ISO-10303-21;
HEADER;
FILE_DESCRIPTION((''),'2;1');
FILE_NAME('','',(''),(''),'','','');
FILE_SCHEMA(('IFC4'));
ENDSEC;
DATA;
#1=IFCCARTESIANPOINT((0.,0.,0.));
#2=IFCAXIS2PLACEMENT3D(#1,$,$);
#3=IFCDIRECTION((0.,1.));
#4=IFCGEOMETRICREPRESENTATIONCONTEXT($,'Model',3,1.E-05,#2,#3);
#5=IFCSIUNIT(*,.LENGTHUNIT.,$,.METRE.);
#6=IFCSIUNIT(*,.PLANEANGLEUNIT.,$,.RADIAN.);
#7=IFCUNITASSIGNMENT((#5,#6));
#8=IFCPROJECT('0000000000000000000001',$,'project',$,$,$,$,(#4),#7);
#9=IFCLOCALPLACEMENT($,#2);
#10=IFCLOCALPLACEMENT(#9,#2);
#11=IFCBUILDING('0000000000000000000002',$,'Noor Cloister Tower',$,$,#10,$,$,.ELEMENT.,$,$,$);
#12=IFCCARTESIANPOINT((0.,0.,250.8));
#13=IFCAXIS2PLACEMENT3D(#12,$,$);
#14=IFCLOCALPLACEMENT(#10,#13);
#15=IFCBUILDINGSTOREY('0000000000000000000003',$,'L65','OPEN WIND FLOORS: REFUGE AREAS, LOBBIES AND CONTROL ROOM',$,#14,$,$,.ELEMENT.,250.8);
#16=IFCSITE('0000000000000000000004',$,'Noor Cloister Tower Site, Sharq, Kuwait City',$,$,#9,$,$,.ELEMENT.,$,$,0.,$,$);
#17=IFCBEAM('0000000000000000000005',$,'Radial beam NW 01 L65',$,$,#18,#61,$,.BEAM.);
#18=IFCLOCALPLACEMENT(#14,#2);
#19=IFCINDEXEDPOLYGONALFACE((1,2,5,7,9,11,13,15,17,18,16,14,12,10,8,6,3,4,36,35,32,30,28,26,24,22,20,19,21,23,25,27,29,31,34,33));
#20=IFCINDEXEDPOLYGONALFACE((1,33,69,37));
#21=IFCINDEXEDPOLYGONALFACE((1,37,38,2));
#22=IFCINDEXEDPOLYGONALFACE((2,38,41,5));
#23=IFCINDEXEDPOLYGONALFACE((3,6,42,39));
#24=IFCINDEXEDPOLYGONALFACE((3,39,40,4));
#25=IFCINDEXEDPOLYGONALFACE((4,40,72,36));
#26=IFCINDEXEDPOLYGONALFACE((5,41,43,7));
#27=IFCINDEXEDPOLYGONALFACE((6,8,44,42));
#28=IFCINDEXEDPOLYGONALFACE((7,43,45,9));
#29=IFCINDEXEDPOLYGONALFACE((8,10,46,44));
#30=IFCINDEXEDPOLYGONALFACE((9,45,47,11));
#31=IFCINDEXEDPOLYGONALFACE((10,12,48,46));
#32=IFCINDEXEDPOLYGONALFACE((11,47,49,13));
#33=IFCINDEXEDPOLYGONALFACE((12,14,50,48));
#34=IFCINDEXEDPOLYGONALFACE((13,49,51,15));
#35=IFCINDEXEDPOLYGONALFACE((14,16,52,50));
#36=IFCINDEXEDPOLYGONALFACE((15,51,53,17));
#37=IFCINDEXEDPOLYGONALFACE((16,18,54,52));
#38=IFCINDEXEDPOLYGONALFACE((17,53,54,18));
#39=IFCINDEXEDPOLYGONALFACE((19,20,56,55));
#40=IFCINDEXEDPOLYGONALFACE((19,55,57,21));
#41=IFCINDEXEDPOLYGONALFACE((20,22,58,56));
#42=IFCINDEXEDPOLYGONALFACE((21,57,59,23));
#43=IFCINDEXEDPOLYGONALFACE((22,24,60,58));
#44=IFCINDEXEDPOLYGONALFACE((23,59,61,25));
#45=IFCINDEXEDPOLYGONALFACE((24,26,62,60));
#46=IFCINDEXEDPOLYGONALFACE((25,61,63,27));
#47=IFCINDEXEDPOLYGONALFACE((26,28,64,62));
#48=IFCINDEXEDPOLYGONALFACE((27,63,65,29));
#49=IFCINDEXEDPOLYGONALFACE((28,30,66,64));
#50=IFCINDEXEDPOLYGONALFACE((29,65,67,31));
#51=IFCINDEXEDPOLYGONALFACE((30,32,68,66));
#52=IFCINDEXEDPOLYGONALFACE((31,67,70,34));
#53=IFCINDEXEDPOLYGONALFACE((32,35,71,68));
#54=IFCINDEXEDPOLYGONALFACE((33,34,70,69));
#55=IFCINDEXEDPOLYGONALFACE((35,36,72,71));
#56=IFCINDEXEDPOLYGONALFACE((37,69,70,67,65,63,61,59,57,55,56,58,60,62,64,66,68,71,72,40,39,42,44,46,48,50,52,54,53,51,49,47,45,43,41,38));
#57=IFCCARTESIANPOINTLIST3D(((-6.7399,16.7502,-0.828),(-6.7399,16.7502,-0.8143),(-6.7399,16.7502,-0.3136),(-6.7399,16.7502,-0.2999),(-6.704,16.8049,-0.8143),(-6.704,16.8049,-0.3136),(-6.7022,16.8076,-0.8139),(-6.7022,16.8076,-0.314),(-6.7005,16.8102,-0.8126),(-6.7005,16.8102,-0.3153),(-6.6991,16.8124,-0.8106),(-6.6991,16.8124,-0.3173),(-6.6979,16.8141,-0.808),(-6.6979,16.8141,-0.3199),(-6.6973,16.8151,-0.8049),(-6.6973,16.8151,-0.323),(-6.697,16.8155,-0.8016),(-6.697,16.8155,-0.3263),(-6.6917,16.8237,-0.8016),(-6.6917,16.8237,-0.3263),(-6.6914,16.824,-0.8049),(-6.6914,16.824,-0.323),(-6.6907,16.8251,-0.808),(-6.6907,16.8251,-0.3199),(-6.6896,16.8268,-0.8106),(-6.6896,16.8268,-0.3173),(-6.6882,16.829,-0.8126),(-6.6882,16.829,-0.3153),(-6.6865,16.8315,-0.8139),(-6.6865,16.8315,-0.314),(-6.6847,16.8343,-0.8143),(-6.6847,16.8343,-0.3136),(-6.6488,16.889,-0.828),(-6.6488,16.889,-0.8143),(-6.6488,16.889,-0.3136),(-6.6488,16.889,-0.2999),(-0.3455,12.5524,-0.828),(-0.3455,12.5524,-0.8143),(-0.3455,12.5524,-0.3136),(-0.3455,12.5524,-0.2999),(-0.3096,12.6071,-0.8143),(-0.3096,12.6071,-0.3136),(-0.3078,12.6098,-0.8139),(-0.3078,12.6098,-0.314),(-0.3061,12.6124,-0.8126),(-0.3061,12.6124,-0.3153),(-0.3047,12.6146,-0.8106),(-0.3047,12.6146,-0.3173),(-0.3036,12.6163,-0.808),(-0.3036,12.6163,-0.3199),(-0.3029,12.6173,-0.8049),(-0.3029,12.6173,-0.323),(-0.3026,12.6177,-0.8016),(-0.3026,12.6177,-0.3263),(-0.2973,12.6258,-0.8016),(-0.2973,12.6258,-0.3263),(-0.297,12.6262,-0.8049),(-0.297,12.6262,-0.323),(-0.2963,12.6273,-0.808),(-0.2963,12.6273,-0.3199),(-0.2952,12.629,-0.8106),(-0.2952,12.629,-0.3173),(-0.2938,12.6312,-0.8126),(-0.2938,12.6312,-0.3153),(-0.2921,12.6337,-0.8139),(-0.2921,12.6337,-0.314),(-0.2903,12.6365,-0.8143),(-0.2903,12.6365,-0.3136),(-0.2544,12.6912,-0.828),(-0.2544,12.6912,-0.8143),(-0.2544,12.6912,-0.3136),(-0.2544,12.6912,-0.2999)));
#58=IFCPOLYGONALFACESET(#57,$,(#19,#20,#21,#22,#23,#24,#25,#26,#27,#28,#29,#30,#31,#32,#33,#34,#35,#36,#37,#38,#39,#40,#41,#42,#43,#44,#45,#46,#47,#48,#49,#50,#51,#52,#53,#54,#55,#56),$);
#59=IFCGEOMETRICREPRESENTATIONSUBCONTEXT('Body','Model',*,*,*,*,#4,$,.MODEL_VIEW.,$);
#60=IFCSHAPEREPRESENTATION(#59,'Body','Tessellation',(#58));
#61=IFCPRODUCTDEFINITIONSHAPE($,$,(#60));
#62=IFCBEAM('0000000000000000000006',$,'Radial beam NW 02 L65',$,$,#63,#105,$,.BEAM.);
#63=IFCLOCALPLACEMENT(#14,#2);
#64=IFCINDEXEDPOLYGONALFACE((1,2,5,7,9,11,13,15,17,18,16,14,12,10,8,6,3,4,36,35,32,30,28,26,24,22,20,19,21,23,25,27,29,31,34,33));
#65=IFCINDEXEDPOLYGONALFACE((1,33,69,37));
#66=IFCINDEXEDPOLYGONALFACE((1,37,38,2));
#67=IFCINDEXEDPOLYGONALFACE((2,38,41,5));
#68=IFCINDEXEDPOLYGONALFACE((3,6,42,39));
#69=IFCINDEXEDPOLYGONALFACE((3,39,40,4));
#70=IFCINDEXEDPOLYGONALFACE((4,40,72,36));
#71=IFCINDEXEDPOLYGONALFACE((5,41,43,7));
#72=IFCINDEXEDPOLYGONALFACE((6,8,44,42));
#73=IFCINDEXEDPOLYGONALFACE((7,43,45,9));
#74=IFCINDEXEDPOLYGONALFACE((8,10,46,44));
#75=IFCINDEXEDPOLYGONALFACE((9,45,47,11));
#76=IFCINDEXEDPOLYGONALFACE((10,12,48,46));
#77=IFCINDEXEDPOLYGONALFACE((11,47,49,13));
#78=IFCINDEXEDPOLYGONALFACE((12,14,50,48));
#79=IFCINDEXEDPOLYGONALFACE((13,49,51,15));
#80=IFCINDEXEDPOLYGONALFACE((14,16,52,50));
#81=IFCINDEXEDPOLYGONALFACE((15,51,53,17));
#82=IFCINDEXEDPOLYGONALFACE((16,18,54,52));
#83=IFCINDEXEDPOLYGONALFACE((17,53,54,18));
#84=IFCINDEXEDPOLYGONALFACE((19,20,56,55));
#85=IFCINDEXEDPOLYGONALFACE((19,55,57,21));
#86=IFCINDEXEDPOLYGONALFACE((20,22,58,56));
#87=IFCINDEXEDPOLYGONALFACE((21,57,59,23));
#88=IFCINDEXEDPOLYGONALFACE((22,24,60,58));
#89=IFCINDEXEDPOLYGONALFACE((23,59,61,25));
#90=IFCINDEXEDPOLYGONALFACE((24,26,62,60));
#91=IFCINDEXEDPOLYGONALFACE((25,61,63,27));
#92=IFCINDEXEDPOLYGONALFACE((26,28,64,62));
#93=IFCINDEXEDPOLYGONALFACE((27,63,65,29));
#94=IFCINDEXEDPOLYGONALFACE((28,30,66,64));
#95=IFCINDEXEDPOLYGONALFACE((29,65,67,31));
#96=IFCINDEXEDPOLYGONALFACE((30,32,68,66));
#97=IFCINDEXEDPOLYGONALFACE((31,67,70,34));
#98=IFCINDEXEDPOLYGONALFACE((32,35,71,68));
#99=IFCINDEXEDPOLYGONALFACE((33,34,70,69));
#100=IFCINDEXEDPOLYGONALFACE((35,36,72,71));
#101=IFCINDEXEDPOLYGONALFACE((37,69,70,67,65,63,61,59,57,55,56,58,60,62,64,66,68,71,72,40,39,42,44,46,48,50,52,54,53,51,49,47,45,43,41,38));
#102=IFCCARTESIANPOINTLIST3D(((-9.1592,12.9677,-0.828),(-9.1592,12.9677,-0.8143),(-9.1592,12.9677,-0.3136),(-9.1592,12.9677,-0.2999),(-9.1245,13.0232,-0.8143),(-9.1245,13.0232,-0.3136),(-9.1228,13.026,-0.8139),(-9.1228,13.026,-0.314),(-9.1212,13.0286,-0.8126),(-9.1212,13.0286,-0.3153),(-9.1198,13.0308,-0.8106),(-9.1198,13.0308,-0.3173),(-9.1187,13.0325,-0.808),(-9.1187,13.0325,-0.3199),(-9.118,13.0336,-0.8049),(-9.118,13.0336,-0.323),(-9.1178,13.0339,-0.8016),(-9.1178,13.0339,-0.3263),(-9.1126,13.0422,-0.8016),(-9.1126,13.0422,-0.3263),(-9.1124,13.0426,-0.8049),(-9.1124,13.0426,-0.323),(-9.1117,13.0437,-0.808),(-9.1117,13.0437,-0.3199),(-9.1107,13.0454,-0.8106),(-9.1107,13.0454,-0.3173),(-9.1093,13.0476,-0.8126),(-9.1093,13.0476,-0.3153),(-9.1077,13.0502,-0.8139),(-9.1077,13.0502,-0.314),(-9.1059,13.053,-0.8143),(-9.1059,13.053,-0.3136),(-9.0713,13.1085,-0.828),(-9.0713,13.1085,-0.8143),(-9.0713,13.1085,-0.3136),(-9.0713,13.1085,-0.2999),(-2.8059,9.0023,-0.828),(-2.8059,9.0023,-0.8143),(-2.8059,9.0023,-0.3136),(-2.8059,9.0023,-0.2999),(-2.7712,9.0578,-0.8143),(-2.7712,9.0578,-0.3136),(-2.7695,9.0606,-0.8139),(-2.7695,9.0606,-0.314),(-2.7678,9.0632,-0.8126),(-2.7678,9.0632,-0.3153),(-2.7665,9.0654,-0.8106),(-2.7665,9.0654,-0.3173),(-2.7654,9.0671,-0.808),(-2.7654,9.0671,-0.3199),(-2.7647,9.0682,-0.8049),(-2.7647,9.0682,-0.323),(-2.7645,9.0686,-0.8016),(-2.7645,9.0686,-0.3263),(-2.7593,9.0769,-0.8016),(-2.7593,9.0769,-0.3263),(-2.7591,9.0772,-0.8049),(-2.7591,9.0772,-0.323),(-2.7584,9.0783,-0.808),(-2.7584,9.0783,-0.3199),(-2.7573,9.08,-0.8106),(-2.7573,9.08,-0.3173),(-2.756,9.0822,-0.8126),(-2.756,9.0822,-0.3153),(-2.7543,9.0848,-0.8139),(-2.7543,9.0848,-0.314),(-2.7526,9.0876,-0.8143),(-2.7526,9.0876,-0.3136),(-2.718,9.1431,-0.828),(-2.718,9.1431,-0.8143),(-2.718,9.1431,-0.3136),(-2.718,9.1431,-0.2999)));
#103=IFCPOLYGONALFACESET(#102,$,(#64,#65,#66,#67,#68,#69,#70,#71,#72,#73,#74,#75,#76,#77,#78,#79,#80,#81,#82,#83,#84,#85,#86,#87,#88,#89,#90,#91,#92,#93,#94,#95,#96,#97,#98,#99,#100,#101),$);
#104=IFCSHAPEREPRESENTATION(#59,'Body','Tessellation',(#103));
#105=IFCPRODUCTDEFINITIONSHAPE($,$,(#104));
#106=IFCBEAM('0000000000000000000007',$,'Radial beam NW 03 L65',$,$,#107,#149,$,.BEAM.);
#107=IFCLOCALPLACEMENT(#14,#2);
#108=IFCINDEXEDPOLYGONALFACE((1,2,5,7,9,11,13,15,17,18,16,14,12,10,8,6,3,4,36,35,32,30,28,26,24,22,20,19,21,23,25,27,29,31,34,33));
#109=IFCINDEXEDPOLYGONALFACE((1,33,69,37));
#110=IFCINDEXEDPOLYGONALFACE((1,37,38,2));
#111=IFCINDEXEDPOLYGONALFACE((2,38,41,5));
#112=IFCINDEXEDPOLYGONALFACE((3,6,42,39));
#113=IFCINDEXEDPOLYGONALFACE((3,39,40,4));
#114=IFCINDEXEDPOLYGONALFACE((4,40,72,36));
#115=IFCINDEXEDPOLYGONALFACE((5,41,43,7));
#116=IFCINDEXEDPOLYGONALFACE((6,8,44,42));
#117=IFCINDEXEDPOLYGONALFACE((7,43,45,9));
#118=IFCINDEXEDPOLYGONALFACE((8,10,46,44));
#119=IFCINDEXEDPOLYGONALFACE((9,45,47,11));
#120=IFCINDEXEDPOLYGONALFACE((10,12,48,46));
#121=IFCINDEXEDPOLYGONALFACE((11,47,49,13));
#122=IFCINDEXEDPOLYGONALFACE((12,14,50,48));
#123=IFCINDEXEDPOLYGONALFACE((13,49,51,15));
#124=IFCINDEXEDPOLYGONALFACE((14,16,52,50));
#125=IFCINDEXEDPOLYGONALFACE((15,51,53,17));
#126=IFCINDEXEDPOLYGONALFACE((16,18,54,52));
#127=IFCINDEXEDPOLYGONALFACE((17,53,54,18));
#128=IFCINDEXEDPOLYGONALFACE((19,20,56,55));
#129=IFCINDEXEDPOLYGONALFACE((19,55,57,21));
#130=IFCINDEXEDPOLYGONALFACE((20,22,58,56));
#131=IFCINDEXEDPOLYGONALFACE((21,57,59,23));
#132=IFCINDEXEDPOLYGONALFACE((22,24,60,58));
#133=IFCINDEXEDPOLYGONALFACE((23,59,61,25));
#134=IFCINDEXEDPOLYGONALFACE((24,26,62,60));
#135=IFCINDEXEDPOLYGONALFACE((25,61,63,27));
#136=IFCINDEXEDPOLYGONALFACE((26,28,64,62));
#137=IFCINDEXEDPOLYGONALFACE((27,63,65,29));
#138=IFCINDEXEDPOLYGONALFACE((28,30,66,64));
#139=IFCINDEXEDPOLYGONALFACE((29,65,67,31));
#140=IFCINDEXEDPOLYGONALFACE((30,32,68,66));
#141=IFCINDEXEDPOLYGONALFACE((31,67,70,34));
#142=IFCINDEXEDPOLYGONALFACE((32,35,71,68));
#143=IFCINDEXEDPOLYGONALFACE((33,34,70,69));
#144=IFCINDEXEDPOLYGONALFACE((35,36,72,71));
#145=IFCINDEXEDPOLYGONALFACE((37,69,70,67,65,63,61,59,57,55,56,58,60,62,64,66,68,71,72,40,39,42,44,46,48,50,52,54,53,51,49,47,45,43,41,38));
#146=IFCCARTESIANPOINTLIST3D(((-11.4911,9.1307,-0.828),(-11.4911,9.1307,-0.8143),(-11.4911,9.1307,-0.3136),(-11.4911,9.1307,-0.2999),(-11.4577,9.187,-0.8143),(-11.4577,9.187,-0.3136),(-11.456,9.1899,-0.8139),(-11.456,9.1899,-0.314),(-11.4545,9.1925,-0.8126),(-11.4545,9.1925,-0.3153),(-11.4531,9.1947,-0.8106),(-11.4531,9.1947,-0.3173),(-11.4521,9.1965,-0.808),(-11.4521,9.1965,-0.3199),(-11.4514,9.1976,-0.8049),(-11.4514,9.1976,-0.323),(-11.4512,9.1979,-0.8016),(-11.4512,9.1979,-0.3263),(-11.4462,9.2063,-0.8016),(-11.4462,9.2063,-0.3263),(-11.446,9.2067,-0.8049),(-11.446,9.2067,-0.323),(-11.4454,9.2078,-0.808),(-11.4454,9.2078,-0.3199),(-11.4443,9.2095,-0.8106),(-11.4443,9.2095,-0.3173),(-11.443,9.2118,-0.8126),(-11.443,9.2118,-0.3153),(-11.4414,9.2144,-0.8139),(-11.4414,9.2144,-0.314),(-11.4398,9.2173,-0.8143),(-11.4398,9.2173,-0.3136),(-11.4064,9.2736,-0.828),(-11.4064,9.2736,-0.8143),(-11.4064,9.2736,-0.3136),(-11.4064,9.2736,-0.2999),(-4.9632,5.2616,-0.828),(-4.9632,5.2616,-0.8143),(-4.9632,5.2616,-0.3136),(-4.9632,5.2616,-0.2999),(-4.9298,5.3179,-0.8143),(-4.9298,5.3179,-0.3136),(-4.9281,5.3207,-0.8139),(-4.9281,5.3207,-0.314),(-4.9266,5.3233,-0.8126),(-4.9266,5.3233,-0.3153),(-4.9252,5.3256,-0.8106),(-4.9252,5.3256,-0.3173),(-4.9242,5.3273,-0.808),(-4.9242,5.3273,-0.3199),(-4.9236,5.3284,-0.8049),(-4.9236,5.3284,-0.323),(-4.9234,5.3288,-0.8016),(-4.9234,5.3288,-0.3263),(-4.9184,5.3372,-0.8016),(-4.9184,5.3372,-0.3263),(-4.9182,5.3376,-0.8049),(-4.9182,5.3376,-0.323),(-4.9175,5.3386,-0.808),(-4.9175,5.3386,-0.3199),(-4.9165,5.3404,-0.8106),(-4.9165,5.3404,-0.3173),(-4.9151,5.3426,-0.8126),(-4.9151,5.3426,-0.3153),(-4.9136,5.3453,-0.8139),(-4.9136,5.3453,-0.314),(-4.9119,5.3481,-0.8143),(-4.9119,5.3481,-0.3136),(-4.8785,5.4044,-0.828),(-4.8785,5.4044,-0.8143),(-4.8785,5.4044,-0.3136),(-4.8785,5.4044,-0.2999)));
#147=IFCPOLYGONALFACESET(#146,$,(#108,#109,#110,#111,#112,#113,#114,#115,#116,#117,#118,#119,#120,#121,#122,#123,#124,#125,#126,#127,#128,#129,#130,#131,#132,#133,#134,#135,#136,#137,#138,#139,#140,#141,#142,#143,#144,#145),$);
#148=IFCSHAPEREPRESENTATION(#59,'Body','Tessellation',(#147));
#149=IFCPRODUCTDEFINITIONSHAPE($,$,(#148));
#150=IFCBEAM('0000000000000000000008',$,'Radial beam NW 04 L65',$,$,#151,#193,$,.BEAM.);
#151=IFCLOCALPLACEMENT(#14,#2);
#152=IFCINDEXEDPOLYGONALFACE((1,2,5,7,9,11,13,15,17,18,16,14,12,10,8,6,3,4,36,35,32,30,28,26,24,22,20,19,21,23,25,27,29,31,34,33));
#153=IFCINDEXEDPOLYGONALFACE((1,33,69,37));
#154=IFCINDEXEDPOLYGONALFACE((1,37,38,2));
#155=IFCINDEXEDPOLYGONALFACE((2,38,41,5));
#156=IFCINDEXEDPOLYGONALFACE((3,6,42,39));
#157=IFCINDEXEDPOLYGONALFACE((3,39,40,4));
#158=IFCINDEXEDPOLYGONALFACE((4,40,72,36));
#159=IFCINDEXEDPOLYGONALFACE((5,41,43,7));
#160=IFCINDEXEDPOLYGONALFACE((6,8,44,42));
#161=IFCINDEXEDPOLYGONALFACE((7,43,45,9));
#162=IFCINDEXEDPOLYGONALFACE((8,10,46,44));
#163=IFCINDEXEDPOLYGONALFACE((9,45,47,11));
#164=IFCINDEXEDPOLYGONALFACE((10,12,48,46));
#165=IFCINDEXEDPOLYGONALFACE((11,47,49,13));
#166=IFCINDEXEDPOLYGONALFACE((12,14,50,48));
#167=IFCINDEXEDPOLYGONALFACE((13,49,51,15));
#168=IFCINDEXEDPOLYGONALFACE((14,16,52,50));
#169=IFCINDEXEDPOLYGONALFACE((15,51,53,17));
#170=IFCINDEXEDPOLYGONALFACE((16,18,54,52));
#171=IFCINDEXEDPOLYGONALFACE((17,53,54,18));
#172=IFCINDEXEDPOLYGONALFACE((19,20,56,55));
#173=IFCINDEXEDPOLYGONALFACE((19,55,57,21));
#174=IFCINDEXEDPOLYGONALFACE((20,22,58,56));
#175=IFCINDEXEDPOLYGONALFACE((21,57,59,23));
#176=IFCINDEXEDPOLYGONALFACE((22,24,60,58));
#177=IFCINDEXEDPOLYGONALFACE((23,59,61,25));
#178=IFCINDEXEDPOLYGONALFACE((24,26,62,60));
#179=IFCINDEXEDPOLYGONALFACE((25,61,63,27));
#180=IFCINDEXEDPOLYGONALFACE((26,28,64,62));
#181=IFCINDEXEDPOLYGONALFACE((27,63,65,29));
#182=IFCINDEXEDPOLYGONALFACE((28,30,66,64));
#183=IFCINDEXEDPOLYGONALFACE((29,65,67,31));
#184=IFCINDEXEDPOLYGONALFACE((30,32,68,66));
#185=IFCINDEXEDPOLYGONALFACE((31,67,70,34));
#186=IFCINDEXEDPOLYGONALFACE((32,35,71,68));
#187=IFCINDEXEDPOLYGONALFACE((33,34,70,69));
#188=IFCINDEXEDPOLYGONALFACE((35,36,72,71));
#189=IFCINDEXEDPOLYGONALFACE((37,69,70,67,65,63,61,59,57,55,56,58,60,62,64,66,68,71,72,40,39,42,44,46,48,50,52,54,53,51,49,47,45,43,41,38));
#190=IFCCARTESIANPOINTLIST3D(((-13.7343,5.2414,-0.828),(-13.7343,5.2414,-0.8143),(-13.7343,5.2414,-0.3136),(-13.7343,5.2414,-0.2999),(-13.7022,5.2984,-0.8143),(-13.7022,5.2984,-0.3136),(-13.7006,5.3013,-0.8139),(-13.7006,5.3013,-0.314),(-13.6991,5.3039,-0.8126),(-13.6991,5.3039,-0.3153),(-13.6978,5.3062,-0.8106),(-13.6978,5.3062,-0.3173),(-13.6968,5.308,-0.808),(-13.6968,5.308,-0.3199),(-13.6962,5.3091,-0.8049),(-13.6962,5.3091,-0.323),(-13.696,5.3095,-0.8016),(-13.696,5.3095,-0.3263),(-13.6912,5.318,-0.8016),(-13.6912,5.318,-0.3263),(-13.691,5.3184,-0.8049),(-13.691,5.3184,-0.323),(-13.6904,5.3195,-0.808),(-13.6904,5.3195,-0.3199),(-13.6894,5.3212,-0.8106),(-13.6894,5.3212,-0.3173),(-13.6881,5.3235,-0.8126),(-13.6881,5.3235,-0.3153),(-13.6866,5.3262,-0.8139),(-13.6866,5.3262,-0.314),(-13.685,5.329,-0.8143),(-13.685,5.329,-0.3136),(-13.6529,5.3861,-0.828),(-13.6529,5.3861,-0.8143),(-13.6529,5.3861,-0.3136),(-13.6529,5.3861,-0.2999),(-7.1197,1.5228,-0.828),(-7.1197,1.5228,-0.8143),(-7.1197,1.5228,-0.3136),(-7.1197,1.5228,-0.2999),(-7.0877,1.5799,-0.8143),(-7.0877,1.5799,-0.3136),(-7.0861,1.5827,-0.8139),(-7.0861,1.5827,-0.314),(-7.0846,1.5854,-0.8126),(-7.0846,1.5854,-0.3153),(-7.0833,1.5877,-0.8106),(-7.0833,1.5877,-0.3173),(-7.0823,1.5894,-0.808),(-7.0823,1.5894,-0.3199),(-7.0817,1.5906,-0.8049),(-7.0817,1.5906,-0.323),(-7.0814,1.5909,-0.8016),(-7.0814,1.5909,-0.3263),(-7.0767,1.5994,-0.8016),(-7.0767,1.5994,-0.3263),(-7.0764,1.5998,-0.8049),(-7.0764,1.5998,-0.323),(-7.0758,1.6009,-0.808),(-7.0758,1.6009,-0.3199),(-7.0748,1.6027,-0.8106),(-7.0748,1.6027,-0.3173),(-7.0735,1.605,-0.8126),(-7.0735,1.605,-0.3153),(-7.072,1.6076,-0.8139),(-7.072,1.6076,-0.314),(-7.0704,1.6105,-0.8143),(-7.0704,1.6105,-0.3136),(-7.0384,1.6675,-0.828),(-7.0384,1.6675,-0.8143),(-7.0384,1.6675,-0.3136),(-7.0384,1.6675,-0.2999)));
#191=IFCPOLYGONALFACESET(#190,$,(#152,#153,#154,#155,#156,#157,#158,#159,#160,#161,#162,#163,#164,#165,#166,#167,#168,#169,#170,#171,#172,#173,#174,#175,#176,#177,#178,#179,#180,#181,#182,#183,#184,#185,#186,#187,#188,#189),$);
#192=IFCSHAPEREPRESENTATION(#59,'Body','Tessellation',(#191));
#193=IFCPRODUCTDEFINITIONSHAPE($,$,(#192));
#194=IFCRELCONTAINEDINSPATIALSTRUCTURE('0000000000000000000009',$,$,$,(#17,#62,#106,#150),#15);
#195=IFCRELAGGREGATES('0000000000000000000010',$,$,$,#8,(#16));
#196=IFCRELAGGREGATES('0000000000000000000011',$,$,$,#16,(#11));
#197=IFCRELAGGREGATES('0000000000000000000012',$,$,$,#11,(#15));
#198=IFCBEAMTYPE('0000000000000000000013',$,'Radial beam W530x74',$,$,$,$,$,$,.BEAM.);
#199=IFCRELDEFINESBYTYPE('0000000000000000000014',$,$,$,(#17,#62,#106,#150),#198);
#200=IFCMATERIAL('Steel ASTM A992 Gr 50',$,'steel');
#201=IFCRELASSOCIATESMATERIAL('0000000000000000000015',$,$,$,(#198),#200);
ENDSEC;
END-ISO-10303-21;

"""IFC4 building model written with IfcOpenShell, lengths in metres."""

from ifc_helpers import new_model, si_unit, direction, frame, origin, origin_2d, place, context, subcontext, project, spatial, i_section, extrude, material, material_profile, profile_set, type_object, element, save


model = new_model("IFC4")

# Units and contexts
model_context = context("Model", 3, precision=1e-05, world=origin(), true_north=direction((0.0, 1.0)))
body_context = subcontext(model_context, "Body", "Model", "MODEL_VIEW")
ifc_project = project(units=[si_unit("LENGTHUNIT", "METRE"), si_unit("PLANEANGLEUNIT", "RADIAN")], contexts=[model_context])

# Site, building, storey
site_placement = place(None, origin())
site = spatial("IfcSite", under=ifc_project, at=site_placement, Name="Noor Cloister Tower Site, Sharq, Kuwait City", CompositionType="ELEMENT", RefElevation=0.0)
building_placement = place(site_placement, origin())
building = spatial("IfcBuilding", under=site, at=building_placement, Name="Noor Cloister Tower", CompositionType="ELEMENT")
storey_placement = place(building_placement, frame((0.0, 0.0, 250.8)))
storey = spatial("IfcBuildingStorey", under=building, at=storey_placement, Name="L65", Description="OPEN WIND FLOORS: REFUGE AREAS, LOBBIES AND CONTROL ROOM", CompositionType="ELEMENT", Elevation=250.8)

# Beams
ifc_material_1 = material(Name="Steel ASTM A992 Gr 50", Category="steel")
ifc_material_profile_1 = material_profile(ifc_material_1, i_section(OverallWidth=0.166, OverallDepth=0.5281, WebThickness=0.0098, FlangeThickness=0.0137, FilletRadius=0.0127, at=origin_2d()), Name="W530x74")
ifc_profile_set_1 = profile_set([ifc_material_profile_1], Name="Steel ASTM A992 Gr 50")
beam_type_1 = type_object("IfcBeamType", Name="Radial beam W530x74", PredefinedType="BEAM", material=ifc_profile_set_1)
beam_1_placement = place(storey_placement, frame((-6.6943, 16.8196, -0.564), z_axis=(0.835958, -0.548794, 0.0), x_axis=(0.548794, 0.835958, 0.0)))
element("IfcBeam", 1, at=beam_1_placement, inside=storey, type_object=beam_type_1, Name="Radial beam NW 01 L65", PredefinedType="BEAM", context=body_context, shape_type="SweptSolid", body=[
    extrude(i_section(OverallWidth=0.166, OverallDepth=0.5281, WebThickness=0.0098, FlangeThickness=0.0137, FilletRadius=0.0127, at=origin_2d()), origin(), (0.0, 0.0, 1.0), 7.6492),
])
beam_2_placement = place(storey_placement, frame((-9.1152, 13.0381, -0.564), z_axis=(0.848326, -0.529474, 0.0), x_axis=(0.529474, 0.848326, 0.0)))
element("IfcBeam", 2, at=beam_2_placement, inside=storey, type_object=beam_type_1, Name="Radial beam NW 02 L65", PredefinedType="BEAM", context=body_context, shape_type="SweptSolid", body=[
    extrude(i_section(OverallWidth=0.166, OverallDepth=0.5281, WebThickness=0.0098, FlangeThickness=0.0137, FilletRadius=0.0127, at=origin_2d()), origin(), (0.0, 0.0, 1.0), 7.4893),
])
beam_3_placement = place(storey_placement, frame((-11.4487, 9.2021, -0.564), z_axis=(0.860246, -0.50988, 0.0), x_axis=(0.50988, 0.860246, 0.0)))
element("IfcBeam", 3, at=beam_3_placement, inside=storey, type_object=beam_type_1, Name="Radial beam NW 03 L65", PredefinedType="BEAM", context=body_context, shape_type="SweptSolid", body=[
    extrude(i_section(OverallWidth=0.166, OverallDepth=0.5281, WebThickness=0.0098, FlangeThickness=0.0137, FilletRadius=0.0127, at=origin_2d()), origin(), (0.0, 0.0, 1.0), 7.5884),
])
beam_4_placement = place(storey_placement, frame((-13.6936, 5.3137, -0.564), z_axis=(0.871697, -0.490046, 0.0), x_axis=(0.490046, 0.871697, 0.0)))
element("IfcBeam", 4, at=beam_4_placement, inside=storey, type_object=beam_type_1, Name="Radial beam NW 04 L65", PredefinedType="BEAM", context=body_context, shape_type="SweptSolid", body=[
    extrude(i_section(OverallWidth=0.166, OverallDepth=0.5281, WebThickness=0.0098, FlangeThickness=0.0137, FilletRadius=0.0127, at=origin_2d()), origin(), (0.0, 0.0, 1.0), 7.5881),
])

save(model, "model.ifc")
